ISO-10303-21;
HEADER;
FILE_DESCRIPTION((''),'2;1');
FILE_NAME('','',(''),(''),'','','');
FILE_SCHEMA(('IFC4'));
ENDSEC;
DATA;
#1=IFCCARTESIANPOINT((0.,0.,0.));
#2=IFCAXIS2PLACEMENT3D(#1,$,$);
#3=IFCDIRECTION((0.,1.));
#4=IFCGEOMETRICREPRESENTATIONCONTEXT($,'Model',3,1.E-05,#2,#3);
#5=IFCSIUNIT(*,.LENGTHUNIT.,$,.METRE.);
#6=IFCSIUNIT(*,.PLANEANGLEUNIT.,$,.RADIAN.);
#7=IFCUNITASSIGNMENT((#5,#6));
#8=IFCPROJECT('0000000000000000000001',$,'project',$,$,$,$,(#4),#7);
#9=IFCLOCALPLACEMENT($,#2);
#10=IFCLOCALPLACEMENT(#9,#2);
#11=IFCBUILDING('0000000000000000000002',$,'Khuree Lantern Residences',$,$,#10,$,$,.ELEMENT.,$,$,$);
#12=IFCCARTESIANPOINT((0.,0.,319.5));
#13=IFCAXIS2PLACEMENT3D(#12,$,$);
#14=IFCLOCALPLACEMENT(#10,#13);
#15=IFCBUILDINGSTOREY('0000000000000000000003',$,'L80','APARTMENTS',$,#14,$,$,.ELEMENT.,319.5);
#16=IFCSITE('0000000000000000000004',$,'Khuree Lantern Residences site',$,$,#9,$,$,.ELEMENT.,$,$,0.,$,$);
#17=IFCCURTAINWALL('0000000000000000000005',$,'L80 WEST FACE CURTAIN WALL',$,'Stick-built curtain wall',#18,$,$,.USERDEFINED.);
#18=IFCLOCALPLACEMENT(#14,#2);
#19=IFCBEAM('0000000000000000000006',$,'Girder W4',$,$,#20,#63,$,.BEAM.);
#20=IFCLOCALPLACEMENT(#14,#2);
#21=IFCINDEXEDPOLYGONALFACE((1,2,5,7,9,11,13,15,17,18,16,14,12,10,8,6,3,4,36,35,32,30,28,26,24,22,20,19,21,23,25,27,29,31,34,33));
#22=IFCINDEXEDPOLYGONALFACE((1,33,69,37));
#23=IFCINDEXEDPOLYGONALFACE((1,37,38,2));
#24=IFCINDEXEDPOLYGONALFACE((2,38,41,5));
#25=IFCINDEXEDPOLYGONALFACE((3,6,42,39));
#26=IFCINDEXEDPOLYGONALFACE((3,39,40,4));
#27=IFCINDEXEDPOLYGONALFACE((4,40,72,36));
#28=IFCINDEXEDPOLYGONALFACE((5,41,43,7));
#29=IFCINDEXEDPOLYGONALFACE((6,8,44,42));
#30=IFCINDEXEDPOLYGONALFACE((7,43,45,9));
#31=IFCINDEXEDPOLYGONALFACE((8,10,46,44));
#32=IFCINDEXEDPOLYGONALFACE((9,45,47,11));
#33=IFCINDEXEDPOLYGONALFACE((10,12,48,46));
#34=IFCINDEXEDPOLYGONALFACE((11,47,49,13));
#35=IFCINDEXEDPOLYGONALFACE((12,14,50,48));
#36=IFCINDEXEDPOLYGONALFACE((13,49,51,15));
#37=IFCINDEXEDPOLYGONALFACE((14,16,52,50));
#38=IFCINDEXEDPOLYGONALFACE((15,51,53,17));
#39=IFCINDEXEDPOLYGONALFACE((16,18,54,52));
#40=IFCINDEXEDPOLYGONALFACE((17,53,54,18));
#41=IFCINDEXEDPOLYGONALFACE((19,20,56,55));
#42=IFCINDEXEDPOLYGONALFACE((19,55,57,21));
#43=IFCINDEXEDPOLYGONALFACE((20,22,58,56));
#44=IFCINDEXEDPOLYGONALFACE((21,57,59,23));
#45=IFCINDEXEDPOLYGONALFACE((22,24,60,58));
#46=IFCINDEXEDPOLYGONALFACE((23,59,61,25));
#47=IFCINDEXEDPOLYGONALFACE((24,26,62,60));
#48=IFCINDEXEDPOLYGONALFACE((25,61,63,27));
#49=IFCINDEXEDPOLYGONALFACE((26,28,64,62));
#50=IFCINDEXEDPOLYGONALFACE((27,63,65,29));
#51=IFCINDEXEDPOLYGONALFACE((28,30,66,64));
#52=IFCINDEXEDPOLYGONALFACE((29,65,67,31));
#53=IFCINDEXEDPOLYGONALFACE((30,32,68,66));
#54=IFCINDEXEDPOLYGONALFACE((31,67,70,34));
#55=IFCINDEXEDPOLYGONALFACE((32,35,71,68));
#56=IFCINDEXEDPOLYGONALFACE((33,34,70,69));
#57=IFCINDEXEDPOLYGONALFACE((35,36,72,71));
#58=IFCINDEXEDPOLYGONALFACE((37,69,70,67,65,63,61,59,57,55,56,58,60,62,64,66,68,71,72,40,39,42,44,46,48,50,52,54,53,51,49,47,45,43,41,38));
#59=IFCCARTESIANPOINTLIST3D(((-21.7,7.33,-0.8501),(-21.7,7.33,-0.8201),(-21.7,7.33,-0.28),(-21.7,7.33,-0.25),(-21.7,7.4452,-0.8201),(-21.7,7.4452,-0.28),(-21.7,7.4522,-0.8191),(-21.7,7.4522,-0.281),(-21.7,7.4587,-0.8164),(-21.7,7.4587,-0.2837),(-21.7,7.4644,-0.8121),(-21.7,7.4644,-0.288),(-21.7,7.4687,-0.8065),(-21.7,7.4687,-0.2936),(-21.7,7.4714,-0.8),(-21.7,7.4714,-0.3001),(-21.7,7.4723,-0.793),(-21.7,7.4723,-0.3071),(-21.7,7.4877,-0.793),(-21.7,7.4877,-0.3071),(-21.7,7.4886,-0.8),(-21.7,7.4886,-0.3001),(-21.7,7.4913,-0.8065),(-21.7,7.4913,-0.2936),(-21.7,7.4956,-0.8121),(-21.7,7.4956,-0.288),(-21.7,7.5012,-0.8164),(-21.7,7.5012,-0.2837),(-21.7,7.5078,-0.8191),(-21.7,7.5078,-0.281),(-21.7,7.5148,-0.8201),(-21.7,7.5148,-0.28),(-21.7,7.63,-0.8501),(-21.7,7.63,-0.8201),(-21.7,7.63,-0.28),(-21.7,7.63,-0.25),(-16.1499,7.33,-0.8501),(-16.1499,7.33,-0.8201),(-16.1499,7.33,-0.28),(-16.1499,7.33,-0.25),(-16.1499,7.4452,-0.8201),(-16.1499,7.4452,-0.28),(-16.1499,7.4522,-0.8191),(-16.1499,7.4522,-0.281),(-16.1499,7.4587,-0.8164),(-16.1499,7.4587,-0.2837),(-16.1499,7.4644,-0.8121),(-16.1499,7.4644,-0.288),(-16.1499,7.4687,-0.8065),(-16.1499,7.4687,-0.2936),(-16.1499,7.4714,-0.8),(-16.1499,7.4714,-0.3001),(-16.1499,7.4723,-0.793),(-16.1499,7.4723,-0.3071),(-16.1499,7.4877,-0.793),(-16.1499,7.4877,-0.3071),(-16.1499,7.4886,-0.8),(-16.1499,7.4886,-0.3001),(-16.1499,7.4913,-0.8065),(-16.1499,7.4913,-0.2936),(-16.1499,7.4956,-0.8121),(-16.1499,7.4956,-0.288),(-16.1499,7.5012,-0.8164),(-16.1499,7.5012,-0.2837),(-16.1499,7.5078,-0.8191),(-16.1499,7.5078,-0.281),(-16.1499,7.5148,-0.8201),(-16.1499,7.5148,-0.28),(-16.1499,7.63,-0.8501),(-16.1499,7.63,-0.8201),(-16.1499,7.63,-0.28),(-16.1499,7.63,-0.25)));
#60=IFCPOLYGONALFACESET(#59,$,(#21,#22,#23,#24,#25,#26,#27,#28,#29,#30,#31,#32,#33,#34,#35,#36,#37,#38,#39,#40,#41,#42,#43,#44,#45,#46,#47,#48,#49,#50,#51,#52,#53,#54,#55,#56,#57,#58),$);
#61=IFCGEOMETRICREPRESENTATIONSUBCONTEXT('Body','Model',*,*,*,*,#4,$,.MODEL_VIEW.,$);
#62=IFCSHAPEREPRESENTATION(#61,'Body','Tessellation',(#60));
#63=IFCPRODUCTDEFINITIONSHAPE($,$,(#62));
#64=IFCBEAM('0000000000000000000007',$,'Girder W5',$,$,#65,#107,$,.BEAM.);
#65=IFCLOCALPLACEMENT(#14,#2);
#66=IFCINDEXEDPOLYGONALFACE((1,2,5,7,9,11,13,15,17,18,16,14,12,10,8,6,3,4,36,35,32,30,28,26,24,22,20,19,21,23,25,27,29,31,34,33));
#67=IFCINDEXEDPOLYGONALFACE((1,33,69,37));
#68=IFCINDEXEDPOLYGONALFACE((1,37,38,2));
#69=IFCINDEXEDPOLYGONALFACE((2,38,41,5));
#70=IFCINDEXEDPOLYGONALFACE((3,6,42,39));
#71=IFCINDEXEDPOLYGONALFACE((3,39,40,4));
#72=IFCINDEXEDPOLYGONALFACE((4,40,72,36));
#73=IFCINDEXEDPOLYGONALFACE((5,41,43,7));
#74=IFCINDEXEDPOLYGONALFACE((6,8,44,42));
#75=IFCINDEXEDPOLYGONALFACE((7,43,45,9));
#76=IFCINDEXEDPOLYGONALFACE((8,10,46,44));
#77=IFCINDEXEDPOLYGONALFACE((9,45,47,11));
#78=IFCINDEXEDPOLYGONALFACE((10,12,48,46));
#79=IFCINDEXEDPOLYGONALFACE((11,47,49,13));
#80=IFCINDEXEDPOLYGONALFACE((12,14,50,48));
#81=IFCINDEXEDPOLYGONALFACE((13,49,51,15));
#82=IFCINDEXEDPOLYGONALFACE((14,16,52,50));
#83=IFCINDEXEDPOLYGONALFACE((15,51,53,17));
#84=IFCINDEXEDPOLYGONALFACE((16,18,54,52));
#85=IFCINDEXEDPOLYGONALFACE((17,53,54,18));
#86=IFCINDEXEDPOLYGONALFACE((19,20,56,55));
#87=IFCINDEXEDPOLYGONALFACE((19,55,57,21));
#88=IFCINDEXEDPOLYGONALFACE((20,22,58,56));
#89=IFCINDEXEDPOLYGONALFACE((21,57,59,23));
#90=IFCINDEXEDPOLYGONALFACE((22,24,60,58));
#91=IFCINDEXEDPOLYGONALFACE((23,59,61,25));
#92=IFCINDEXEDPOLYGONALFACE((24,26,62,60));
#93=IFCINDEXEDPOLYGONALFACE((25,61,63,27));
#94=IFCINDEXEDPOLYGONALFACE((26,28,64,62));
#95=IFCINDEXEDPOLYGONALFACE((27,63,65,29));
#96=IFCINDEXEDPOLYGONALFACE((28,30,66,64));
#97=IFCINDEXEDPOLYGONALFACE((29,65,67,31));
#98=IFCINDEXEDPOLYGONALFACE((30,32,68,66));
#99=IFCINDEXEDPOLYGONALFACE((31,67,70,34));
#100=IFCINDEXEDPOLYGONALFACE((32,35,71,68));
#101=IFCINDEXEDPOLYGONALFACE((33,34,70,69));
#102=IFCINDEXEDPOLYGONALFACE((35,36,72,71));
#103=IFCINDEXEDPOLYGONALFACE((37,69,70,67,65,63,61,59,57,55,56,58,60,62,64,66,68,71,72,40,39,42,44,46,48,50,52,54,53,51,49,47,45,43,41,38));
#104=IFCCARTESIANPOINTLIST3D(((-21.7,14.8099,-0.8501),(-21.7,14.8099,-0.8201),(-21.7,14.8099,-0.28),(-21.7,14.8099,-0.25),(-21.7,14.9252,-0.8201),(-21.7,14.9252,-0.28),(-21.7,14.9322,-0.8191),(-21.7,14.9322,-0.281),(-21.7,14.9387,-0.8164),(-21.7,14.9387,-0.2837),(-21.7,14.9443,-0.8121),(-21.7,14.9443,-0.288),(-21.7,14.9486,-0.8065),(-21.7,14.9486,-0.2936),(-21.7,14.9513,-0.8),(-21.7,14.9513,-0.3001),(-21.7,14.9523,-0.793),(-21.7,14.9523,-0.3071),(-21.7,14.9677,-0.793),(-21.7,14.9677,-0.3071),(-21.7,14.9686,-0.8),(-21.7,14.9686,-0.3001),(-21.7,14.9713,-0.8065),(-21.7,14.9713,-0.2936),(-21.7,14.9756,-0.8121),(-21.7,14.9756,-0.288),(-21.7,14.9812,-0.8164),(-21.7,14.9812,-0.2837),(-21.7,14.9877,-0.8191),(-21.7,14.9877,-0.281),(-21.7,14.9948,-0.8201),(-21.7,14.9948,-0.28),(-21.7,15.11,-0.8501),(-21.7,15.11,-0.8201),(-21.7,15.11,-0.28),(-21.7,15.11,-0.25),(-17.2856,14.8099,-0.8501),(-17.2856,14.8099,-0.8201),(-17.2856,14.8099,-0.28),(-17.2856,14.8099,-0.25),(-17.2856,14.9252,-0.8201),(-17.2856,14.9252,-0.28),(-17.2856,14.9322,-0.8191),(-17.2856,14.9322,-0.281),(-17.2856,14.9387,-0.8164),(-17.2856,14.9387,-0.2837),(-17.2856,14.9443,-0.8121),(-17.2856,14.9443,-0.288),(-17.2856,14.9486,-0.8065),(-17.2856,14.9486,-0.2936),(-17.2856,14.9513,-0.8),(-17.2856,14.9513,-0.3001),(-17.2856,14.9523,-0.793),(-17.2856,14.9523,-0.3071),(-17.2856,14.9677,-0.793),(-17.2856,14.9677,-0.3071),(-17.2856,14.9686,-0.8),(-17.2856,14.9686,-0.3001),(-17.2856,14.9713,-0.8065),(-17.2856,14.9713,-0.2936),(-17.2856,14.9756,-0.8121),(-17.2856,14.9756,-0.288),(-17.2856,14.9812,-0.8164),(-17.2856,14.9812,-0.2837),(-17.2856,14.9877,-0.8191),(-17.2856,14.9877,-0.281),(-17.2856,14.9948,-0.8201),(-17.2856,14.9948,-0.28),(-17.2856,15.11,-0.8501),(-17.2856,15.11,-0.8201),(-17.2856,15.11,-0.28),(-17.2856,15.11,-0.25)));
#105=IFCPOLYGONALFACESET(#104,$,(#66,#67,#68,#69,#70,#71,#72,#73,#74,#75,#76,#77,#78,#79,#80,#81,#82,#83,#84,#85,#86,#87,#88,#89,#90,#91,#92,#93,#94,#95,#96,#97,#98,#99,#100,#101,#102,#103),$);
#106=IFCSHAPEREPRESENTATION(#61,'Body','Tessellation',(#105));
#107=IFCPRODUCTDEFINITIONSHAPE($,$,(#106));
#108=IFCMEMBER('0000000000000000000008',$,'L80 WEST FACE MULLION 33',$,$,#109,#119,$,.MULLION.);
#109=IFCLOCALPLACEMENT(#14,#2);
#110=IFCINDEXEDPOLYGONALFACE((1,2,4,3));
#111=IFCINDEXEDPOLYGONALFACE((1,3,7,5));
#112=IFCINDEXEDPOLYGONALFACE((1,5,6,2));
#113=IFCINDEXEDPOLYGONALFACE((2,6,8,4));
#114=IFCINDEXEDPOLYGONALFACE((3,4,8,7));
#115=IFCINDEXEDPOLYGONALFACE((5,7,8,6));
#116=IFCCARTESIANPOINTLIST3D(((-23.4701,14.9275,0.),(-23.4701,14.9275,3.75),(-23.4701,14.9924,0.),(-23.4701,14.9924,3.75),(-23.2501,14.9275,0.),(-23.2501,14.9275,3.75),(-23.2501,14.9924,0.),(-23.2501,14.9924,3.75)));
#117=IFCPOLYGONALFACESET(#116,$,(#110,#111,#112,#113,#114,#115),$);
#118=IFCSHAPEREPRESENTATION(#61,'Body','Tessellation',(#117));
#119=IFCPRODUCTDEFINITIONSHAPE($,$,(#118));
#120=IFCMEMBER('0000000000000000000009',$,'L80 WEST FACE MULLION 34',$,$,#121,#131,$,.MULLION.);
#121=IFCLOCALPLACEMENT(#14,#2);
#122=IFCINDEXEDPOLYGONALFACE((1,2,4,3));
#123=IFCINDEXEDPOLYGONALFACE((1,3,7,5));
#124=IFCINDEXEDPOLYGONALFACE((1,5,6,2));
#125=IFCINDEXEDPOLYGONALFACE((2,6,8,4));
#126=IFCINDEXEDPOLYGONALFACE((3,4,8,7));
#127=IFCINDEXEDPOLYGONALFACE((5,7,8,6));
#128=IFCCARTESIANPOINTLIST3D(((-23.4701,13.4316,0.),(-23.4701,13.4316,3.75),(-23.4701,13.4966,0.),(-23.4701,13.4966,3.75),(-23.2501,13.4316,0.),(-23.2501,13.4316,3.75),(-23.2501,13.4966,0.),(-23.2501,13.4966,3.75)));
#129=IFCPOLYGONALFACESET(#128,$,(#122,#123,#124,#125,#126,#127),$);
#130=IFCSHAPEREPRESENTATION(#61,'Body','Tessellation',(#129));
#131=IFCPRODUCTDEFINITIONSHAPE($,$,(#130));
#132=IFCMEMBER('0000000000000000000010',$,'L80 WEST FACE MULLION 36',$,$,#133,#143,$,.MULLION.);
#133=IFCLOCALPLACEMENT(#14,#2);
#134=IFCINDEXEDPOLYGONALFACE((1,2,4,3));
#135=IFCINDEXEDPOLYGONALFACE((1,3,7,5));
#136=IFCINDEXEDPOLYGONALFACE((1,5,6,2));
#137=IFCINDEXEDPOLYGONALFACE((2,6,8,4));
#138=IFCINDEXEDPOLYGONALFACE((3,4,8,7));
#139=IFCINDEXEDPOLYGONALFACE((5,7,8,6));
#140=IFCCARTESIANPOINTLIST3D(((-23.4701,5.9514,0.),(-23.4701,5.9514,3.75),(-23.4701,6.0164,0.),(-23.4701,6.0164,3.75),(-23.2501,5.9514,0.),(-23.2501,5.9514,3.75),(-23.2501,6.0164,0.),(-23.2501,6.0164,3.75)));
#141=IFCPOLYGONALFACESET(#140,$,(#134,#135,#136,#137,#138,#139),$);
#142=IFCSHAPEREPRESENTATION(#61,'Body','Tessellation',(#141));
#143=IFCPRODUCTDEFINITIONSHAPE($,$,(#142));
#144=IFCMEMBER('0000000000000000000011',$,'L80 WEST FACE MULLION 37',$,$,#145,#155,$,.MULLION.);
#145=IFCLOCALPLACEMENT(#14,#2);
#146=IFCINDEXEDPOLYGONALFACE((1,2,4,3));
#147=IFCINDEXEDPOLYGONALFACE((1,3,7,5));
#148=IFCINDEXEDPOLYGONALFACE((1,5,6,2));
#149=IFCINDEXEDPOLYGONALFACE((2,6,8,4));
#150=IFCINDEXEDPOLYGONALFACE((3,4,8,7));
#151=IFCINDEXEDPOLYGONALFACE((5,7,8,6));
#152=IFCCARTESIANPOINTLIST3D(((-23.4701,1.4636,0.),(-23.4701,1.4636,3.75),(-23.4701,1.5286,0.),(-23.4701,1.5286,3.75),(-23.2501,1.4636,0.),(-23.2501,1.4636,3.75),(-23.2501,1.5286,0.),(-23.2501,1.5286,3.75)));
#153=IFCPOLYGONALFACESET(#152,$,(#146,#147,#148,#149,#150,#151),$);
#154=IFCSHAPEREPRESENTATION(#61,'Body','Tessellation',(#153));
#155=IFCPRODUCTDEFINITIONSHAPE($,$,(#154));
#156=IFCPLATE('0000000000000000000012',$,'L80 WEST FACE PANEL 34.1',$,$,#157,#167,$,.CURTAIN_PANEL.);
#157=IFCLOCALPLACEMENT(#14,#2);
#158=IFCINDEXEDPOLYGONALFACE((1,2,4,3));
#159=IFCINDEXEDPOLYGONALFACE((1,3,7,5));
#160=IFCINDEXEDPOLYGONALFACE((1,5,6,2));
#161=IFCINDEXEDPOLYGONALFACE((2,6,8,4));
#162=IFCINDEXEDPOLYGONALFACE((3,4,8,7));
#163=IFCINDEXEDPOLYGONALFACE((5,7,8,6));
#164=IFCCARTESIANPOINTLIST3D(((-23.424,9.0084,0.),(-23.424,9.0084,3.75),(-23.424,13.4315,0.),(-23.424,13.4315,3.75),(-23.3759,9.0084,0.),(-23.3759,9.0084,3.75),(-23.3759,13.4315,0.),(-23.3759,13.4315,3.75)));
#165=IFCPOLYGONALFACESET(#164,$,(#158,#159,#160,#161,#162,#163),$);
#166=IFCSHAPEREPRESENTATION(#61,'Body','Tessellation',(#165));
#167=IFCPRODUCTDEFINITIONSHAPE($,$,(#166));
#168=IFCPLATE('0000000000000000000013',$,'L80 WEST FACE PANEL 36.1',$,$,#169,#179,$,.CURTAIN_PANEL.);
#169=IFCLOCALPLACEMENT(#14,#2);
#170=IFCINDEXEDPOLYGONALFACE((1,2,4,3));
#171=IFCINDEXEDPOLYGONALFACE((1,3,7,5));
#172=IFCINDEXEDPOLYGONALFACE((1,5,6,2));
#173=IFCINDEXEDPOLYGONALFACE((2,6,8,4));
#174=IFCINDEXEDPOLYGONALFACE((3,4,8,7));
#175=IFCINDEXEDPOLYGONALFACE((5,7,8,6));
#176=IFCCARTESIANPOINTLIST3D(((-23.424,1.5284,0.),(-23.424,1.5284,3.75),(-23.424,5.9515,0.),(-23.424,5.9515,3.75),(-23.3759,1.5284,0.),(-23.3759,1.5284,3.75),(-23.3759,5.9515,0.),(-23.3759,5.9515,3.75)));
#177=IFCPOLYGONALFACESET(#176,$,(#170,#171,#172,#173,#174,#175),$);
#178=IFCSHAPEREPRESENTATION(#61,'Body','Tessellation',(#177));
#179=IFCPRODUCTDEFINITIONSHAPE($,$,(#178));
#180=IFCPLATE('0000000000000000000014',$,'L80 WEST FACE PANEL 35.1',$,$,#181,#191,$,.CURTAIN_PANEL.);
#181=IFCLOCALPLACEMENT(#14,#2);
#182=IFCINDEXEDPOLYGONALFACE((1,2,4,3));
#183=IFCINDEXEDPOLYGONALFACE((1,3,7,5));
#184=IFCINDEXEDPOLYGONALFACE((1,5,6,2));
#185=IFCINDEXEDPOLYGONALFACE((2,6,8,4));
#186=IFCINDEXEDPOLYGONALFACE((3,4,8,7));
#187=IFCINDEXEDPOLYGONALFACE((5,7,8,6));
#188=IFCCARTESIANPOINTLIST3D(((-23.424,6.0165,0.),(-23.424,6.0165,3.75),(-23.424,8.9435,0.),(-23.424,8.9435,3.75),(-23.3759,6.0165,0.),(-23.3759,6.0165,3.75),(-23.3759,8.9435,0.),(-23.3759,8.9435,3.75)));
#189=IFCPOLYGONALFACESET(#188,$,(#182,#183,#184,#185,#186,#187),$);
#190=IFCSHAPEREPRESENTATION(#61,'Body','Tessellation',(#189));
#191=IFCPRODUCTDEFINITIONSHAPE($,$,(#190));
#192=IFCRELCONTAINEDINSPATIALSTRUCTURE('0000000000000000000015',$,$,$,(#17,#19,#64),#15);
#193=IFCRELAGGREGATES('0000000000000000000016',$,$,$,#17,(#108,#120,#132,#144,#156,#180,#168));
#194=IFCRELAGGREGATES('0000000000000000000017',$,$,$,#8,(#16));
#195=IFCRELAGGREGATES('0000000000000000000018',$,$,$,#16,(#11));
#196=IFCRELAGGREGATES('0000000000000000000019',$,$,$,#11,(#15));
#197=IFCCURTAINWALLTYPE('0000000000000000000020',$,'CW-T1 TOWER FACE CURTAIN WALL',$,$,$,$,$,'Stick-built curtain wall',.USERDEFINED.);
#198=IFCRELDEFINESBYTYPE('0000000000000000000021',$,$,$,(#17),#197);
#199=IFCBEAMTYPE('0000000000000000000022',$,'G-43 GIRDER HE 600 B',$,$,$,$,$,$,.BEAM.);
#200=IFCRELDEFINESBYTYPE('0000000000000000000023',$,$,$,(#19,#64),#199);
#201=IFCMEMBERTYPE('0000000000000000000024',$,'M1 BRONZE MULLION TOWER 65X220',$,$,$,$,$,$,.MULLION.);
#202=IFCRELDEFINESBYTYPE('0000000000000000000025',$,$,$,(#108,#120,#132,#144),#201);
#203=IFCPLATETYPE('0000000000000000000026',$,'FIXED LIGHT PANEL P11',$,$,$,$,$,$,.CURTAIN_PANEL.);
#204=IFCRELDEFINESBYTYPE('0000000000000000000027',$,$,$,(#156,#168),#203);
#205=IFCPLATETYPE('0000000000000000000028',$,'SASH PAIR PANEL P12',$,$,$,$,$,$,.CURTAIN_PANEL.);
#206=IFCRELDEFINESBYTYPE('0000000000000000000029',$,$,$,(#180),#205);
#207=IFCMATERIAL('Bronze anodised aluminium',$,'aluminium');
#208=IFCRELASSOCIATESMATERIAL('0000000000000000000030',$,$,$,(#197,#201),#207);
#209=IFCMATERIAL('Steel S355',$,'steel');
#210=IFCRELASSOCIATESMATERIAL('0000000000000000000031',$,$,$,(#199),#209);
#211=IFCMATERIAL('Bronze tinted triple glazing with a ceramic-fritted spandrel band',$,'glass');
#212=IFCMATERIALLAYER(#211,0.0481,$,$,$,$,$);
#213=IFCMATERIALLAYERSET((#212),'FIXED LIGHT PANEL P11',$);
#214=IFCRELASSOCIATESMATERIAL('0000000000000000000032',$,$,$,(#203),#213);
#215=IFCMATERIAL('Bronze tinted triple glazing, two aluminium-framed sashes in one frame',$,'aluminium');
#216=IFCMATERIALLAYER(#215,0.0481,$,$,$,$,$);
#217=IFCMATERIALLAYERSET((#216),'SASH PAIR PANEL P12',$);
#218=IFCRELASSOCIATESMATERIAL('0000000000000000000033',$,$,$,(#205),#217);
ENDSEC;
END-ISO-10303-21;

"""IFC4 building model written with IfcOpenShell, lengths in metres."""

from ifc_helpers import new_model, si_unit, direction, frame, origin, origin_2d, place, context, subcontext, project, spatial, rectangle, i_section, extrude, material, layer, layer_set, material_profile, profile_set, type_object, element, aggregate, save


model = new_model("IFC4")

# Units and contexts
model_context = context("Model", 3, precision=1e-05, world=origin(), true_north=direction((0.0, 1.0)))
body_context = subcontext(model_context, "Body", "Model", "MODEL_VIEW")
ifc_project = project(units=[si_unit("LENGTHUNIT", "METRE"), si_unit("PLANEANGLEUNIT", "RADIAN")], contexts=[model_context])

# Site, building, storey
site_placement = place(None, origin())
site = spatial("IfcSite", under=ifc_project, at=site_placement, Name="Khuree Lantern Residences site", CompositionType="ELEMENT", RefElevation=0.0)
building_placement = place(site_placement, origin())
building = spatial("IfcBuilding", under=site, at=building_placement, Name="Khuree Lantern Residences", CompositionType="ELEMENT")
storey_placement = place(building_placement, frame((0.0, 0.0, 319.5)))
storey = spatial("IfcBuildingStorey", under=building, at=storey_placement, Name="L80", Description="APARTMENTS", CompositionType="ELEMENT", Elevation=319.5)

# Shared definitions
ifc_material_1 = material(Name="Steel S355", Category="steel")

# Curtain wall
ifc_material_2 = material(Name="Bronze anodised aluminium", Category="aluminium")
curtain_wall_type = type_object("IfcCurtainWallType", Name="CW-T1 TOWER FACE CURTAIN WALL", ElementType="Stick-built curtain wall", PredefinedType="USERDEFINED", material=ifc_material_2)
curtain_wall_placement = place(storey_placement, origin())
curtain_wall = element("IfcCurtainWall", 1, at=curtain_wall_placement, inside=storey, type_object=curtain_wall_type, Name="L80 WEST FACE CURTAIN WALL", ObjectType="Stick-built curtain wall", PredefinedType="USERDEFINED")

# Beams
ifc_material_profile_1 = material_profile(ifc_material_1, i_section(OverallWidth=0.3, OverallDepth=0.6001, WebThickness=0.0154, FlangeThickness=0.03, FilletRadius=0.0271, at=origin_2d()), Name="HE 600 B")
ifc_profile_set_1 = profile_set([ifc_material_profile_1], Name="Steel S355")
beam_type_1 = type_object("IfcBeamType", Name="G-43 GIRDER HE 600 B", PredefinedType="BEAM", material=ifc_profile_set_1)
for number, where, z_axis, x_axis, name in (
    (2, (-21.7, 7.48, -0.55), (1.0, 0.0, 0.0), (0.0, 1.0, 0.0), "Girder W4"),
):
    element("IfcBeam", number, at=place(storey_placement, frame(where, z_axis=z_axis, x_axis=x_axis)), inside=storey, type_object=beam_type_1, Name=name, PredefinedType="BEAM", context=body_context, shape_type="SweptSolid", body=[
        extrude(i_section(OverallWidth=0.3, OverallDepth=0.6001, WebThickness=0.0154, FlangeThickness=0.03, FilletRadius=0.0271, at=origin_2d()), origin(), (0.0, 0.0, 1.0), 5.55),
    ])
beam_1_placement = place(storey_placement, frame((-21.7, 14.96, -0.55), z_axis=(1.0, 0.0, 0.0), x_axis=(0.0, 1.0, 0.0)))
element("IfcBeam", 3, at=beam_1_placement, inside=storey, type_object=beam_type_1, Name="Girder W5", PredefinedType="BEAM", context=body_context, shape_type="SweptSolid", body=[
    extrude(i_section(OverallWidth=0.3, OverallDepth=0.6001, WebThickness=0.0154, FlangeThickness=0.03, FilletRadius=0.0271, at=origin_2d()), origin(), (0.0, 0.0, 1.0), 4.4143),
])

# Members
ifc_material_profile_2 = material_profile(ifc_material_2, rectangle(XDim=0.0649, YDim=0.22, at=origin_2d()), Name="M1 65X220")
ifc_profile_set_2 = profile_set([ifc_material_profile_2], Name="Bronze anodised aluminium")
member_type_1 = type_object("IfcMemberType", Name="M1 BRONZE MULLION TOWER 65X220", PredefinedType="MULLION", material=ifc_profile_set_2)
member_1_placement = place(storey_placement, frame((-23.3601, 14.96, 0.0), z_axis=(0.0, 0.0, 1.0), x_axis=(0.0, -1.0, 0.0)))
member_1 = element("IfcMember", 4, at=member_1_placement, type_object=member_type_1, Name="L80 WEST FACE MULLION 33", PredefinedType="MULLION", context=body_context, shape_type="SweptSolid", body=[
    extrude(rectangle(XDim=0.0649, YDim=0.22, at=origin_2d()), origin(), (0.0, 0.0, 1.0), 3.75),
])
member_2_placement = place(storey_placement, frame((-23.3601, 13.4641, 0.0), z_axis=(0.0, 0.0, 1.0), x_axis=(0.0, -1.0, 0.0)))
member_2 = element("IfcMember", 5, at=member_2_placement, type_object=member_type_1, Name="L80 WEST FACE MULLION 34", PredefinedType="MULLION", context=body_context, shape_type="SweptSolid", body=[
    extrude(rectangle(XDim=0.0649, YDim=0.22, at=origin_2d()), origin(), (0.0, 0.0, 1.0), 3.75),
])
member_3_placement = place(storey_placement, frame((-23.3601, 5.9839, 0.0), z_axis=(0.0, 0.0, 1.0), x_axis=(0.0, -1.0, 0.0)))
member_3 = element("IfcMember", 6, at=member_3_placement, type_object=member_type_1, Name="L80 WEST FACE MULLION 36", PredefinedType="MULLION", context=body_context, shape_type="SweptSolid", body=[
    extrude(rectangle(XDim=0.0649, YDim=0.22, at=origin_2d()), origin(), (0.0, 0.0, 1.0), 3.75),
])
member_4_placement = place(storey_placement, frame((-23.3601, 1.4961, 0.0), z_axis=(0.0, 0.0, 1.0), x_axis=(0.0, -1.0, 0.0)))
member_4 = element("IfcMember", 7, at=member_4_placement, type_object=member_type_1, Name="L80 WEST FACE MULLION 37", PredefinedType="MULLION", context=body_context, shape_type="SweptSolid", body=[
    extrude(rectangle(XDim=0.0649, YDim=0.22, at=origin_2d()), origin(), (0.0, 0.0, 1.0), 3.75),
])

# Plates
ifc_material_3 = material(Name="Bronze tinted triple glazing with a ceramic-fritted spandrel band", Category="glass")
ifc_layer_1 = layer(ifc_material_3, 0.0481)
ifc_layer_set_1 = layer_set([ifc_layer_1], Name="FIXED LIGHT PANEL P11")
plate_type_1 = type_object("IfcPlateType", Name="FIXED LIGHT PANEL P11", PredefinedType="CURTAIN_PANEL", material=ifc_layer_set_1)
plate_1_placement = place(storey_placement, frame((-23.3999, 11.22, 0.0), z_axis=(0.0, 0.0, 1.0), x_axis=(0.0, -1.0, 0.0)))
plate_1 = element("IfcPlate", 8, at=plate_1_placement, type_object=plate_type_1, Name="L80 WEST FACE PANEL 34.1", PredefinedType="CURTAIN_PANEL", context=body_context, shape_type="SweptSolid", body=[
    extrude(rectangle(XDim=4.4231, YDim=0.0481, at=origin_2d()), origin(), (0.0, 0.0, 1.0), 3.75),
])
plate_2_placement = place(storey_placement, frame((-23.3999, 3.74, 0.0), z_axis=(0.0, 0.0, 1.0), x_axis=(0.0, -1.0, 0.0)))
plate_2 = element("IfcPlate", 9, at=plate_2_placement, type_object=plate_type_1, Name="L80 WEST FACE PANEL 36.1", PredefinedType="CURTAIN_PANEL", context=body_context, shape_type="SweptSolid", body=[
    extrude(rectangle(XDim=4.4231, YDim=0.0481, at=origin_2d()), origin(), (0.0, 0.0, 1.0), 3.75),
])
ifc_material_4 = material(Name="Bronze tinted triple glazing, two aluminium-framed sashes in one frame", Category="aluminium")
ifc_layer_2 = layer(ifc_material_4, 0.0481)
ifc_layer_set_2 = layer_set([ifc_layer_2], Name="SASH PAIR PANEL P12")
plate_type_2 = type_object("IfcPlateType", Name="SASH PAIR PANEL P12", PredefinedType="CURTAIN_PANEL", material=ifc_layer_set_2)
plate_3_placement = place(storey_placement, frame((-23.3999, 7.48, 0.0), z_axis=(0.0, 0.0, 1.0), x_axis=(0.0, -1.0, 0.0)))
plate_3 = element("IfcPlate", 10, at=plate_3_placement, type_object=plate_type_2, Name="L80 WEST FACE PANEL 35.1", PredefinedType="CURTAIN_PANEL", context=body_context, shape_type="SweptSolid", body=[
    extrude(rectangle(XDim=2.927, YDim=0.0481, at=origin_2d()), origin(), (0.0, 0.0, 1.0), 3.75),
])
aggregate(curtain_wall, [member_1, member_2, member_3, member_4, plate_1, plate_3, plate_2])

save(model, "model.ifc")
